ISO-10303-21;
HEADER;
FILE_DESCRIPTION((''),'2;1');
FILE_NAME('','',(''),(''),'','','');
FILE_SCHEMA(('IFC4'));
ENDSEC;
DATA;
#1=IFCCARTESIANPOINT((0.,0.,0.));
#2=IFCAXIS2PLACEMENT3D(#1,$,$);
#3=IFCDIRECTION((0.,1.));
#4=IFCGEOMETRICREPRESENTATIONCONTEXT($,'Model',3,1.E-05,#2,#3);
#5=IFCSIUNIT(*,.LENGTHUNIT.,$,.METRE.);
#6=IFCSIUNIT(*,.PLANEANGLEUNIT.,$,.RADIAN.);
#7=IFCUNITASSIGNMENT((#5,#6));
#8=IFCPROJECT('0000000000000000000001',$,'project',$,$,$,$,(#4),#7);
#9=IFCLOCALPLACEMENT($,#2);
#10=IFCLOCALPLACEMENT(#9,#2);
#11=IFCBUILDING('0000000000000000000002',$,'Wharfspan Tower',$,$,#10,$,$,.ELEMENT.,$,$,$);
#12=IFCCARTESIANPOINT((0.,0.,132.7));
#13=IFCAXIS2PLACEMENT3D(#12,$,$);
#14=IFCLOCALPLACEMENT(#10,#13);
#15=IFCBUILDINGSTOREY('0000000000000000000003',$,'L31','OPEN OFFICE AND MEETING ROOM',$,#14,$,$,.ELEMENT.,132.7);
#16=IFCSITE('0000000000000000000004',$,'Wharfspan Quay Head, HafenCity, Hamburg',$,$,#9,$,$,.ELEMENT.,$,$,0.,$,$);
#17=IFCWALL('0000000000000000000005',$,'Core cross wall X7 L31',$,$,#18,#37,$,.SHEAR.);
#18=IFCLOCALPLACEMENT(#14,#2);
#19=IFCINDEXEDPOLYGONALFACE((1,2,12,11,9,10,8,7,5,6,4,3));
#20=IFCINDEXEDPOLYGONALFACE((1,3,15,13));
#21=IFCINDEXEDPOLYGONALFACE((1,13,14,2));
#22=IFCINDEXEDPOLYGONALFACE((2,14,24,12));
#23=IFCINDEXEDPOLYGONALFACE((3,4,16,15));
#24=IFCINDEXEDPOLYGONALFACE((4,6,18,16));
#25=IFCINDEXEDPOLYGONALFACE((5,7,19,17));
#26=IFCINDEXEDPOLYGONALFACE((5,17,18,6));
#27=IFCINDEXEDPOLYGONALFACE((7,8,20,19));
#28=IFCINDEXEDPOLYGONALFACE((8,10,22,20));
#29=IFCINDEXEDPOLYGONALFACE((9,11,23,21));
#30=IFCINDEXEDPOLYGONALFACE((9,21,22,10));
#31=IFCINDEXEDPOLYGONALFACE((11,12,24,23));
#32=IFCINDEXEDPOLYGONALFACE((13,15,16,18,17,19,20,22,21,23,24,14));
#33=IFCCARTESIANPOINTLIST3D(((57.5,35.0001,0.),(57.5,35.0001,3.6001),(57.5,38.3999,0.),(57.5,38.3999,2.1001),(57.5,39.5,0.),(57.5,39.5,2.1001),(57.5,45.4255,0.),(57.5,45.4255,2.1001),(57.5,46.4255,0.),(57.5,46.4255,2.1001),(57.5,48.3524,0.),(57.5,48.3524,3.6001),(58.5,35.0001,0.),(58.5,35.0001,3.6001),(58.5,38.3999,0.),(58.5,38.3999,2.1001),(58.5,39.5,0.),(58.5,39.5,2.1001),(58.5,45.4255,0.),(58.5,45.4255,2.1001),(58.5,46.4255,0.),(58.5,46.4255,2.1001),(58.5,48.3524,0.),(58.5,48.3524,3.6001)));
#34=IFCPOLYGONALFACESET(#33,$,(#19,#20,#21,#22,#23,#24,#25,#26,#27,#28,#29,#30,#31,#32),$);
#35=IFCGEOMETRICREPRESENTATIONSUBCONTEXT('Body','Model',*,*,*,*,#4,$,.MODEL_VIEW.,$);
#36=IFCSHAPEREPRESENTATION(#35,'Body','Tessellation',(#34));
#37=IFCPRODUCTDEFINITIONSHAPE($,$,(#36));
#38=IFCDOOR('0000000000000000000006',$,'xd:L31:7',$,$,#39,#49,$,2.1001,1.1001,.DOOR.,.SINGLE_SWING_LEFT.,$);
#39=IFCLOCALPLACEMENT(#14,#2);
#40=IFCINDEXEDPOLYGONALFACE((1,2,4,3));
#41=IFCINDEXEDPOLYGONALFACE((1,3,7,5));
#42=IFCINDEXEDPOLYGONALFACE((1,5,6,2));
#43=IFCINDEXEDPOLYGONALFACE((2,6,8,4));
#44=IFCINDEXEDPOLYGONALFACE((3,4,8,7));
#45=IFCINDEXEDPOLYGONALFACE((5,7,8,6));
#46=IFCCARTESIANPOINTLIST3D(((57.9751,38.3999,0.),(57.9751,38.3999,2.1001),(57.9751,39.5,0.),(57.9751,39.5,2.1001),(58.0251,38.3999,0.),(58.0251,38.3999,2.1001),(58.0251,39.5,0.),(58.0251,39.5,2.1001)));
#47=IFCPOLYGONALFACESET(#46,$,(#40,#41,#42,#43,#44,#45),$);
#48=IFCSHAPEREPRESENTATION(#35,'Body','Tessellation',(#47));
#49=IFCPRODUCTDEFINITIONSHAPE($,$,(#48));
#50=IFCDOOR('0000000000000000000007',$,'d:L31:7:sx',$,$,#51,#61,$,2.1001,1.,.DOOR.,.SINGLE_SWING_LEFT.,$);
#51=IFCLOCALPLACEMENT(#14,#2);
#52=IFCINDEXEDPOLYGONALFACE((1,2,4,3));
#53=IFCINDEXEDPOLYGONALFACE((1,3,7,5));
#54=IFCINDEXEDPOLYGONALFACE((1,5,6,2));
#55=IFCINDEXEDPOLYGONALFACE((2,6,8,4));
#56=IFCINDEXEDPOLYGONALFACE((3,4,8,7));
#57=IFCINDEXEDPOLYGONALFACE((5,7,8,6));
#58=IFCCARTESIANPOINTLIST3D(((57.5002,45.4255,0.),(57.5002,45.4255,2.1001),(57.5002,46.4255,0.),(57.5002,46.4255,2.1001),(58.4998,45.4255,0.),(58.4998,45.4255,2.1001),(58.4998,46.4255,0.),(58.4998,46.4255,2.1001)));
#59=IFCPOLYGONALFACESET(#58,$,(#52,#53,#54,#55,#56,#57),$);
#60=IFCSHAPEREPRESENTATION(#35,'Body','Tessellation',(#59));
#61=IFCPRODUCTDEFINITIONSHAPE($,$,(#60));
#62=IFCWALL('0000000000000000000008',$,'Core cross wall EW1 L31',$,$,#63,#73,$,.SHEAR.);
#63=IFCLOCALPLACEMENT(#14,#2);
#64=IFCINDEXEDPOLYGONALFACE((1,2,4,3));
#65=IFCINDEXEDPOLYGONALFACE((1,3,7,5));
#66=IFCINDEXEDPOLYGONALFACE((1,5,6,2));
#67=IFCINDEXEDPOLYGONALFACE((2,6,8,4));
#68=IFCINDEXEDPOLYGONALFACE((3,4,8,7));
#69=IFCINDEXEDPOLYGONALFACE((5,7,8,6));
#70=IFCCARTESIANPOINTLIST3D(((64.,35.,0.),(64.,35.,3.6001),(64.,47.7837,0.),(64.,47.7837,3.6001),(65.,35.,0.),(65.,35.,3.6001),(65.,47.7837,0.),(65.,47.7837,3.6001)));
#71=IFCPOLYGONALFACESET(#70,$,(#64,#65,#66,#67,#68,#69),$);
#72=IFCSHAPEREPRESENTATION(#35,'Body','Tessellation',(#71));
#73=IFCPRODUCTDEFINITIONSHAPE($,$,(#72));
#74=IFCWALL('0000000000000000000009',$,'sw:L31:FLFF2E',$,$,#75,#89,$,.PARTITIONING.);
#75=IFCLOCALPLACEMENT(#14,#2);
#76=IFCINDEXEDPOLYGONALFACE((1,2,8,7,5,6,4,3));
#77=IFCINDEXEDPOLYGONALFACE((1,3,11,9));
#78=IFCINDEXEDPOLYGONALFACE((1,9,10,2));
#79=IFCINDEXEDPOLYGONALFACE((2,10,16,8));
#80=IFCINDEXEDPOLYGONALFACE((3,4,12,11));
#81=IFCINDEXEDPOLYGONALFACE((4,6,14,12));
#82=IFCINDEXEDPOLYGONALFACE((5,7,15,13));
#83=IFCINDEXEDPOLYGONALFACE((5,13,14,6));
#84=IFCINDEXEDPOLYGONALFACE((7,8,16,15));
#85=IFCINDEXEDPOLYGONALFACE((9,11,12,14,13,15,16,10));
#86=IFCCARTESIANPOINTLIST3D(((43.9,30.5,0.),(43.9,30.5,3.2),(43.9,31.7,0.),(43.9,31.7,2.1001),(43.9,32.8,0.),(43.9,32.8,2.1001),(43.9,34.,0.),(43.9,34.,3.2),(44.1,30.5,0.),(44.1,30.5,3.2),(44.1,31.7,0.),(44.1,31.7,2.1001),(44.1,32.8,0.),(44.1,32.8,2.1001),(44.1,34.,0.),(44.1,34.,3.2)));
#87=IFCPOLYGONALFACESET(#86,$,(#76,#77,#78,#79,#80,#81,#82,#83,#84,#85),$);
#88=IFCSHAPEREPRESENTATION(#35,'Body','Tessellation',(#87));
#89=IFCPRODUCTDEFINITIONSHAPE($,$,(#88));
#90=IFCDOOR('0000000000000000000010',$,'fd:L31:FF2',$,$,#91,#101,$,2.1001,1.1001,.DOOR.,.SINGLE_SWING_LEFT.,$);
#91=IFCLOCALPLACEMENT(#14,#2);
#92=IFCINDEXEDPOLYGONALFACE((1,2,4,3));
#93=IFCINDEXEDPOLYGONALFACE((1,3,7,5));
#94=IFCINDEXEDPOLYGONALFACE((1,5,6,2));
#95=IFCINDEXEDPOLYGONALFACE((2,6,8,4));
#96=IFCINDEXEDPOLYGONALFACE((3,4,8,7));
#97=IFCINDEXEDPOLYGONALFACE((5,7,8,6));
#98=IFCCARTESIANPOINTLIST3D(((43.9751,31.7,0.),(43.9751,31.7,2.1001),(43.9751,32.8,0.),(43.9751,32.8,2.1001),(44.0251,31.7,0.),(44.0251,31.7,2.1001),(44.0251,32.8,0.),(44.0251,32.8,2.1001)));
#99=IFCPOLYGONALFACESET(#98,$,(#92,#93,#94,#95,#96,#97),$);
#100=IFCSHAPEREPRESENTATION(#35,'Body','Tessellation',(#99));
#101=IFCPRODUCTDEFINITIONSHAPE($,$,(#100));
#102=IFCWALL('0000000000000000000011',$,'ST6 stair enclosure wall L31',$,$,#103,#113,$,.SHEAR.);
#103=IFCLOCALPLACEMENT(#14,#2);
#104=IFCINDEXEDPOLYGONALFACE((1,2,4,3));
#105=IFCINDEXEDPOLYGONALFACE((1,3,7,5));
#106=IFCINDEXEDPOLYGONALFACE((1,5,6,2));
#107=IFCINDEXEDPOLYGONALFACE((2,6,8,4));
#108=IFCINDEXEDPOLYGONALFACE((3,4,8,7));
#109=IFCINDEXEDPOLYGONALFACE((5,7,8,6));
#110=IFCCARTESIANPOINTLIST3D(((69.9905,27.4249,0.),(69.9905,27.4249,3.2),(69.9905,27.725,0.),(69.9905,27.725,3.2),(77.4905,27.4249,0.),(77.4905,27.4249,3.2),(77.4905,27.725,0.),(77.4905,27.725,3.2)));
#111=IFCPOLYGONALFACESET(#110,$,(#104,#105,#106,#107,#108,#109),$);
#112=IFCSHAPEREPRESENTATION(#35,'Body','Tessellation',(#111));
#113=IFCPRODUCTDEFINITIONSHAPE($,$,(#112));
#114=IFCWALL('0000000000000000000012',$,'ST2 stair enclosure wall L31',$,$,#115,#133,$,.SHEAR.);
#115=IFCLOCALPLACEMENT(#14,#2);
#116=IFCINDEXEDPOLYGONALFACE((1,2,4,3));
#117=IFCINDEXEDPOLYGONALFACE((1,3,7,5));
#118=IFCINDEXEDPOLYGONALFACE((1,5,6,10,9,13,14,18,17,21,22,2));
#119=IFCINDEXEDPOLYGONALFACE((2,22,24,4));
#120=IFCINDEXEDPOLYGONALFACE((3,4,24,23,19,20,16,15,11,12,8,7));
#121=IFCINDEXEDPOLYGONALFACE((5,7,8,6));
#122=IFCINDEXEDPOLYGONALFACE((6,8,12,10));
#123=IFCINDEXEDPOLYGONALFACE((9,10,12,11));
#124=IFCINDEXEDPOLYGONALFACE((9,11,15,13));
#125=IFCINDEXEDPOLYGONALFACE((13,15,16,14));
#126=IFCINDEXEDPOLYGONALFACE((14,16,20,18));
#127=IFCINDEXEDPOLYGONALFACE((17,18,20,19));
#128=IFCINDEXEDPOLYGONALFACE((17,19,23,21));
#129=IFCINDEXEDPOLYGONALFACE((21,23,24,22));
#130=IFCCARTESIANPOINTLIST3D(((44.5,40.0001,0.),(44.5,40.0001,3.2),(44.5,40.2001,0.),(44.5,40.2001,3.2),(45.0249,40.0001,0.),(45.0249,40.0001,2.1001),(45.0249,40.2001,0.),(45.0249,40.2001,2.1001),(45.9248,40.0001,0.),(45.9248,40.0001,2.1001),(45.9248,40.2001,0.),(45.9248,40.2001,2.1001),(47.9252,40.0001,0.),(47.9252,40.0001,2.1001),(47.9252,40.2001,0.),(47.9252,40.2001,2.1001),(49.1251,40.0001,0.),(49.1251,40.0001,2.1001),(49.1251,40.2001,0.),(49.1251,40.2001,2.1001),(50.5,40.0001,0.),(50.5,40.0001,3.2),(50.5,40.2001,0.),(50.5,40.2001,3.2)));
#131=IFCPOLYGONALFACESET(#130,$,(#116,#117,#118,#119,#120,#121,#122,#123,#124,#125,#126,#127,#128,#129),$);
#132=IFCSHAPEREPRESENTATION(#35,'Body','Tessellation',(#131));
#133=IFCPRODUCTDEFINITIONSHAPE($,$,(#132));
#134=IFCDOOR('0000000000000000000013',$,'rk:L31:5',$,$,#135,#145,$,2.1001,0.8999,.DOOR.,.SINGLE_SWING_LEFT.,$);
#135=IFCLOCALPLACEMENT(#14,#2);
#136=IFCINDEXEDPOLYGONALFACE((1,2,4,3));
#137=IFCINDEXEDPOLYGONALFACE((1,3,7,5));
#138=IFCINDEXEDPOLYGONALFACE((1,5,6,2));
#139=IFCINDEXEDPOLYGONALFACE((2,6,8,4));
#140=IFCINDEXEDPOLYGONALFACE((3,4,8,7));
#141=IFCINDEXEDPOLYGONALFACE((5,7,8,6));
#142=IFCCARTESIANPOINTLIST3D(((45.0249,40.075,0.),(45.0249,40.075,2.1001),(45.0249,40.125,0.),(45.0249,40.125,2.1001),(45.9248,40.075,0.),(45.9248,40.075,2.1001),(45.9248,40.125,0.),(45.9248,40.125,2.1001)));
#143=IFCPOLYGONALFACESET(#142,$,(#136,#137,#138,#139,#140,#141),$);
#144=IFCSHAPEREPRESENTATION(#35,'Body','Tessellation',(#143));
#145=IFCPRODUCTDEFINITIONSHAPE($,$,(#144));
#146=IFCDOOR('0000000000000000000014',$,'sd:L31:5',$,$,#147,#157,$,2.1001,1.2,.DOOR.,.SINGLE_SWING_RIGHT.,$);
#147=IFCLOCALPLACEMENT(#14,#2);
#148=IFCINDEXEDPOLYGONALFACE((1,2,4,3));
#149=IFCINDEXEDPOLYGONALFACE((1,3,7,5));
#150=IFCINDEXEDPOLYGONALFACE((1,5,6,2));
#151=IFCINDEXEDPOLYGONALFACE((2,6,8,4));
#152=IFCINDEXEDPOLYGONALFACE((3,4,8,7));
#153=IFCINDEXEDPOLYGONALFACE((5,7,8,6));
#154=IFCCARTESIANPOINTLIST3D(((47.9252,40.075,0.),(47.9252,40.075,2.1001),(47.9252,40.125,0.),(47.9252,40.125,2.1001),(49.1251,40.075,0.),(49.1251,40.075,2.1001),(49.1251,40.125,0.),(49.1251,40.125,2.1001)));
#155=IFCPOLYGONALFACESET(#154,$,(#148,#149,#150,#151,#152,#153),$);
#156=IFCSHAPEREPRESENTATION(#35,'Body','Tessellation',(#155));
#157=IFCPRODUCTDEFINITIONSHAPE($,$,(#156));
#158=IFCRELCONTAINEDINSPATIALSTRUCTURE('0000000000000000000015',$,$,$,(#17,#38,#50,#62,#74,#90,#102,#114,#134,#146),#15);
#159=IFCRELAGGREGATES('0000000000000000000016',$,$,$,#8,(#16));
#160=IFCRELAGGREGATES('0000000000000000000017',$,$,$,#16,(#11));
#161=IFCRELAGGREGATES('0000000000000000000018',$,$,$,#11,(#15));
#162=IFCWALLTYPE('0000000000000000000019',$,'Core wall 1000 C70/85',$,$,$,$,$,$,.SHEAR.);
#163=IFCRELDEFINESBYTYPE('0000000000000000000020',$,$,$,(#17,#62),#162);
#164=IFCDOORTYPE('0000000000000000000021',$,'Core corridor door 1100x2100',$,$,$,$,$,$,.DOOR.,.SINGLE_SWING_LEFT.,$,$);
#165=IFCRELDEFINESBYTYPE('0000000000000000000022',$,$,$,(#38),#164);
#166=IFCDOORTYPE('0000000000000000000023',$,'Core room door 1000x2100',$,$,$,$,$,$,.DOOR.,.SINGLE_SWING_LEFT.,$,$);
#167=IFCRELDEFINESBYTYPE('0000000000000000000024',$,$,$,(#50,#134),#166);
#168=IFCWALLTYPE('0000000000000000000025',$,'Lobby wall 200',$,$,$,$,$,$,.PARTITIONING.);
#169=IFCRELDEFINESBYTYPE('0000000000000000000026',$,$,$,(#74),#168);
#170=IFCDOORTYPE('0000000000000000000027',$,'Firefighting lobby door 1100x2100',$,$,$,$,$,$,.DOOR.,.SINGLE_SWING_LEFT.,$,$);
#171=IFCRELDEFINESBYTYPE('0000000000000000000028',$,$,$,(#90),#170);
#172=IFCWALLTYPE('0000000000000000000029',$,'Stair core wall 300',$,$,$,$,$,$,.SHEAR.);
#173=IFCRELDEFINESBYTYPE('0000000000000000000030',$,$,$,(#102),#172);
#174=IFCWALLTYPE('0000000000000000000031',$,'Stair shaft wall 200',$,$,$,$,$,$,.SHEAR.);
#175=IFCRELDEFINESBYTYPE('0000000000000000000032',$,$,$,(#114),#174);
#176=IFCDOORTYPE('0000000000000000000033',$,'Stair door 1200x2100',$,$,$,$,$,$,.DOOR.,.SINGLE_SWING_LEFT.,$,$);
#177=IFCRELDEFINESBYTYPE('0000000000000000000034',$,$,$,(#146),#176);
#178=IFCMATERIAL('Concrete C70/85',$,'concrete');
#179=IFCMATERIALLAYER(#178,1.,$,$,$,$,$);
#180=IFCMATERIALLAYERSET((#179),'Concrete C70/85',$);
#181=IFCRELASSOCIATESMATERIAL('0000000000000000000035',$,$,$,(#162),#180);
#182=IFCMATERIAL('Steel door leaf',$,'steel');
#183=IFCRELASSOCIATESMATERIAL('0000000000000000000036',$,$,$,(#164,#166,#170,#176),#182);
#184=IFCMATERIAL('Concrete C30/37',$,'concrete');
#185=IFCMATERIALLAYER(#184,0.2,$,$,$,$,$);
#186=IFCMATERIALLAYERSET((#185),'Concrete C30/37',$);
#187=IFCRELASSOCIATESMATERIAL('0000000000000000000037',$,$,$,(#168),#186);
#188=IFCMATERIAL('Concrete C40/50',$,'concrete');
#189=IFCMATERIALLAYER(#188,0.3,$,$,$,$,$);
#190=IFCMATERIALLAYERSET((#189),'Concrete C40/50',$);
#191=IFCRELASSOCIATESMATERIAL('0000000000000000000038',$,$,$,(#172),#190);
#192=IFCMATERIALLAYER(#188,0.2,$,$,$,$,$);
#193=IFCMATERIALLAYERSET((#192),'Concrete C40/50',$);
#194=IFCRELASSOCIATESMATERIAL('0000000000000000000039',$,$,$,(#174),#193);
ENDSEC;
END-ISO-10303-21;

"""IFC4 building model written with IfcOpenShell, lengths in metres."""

from ifc_helpers import new_model, si_unit, direction, frame, frame_2d, origin, place, context, subcontext, project, spatial, rectangle, extrude, material, layer, layer_set, type_object, element, fill, save


model = new_model("IFC4")

# Units and contexts
model_context = context("Model", 3, precision=1e-05, world=origin(), true_north=direction((0.0, 1.0)))
body_context = subcontext(model_context, "Body", "Model", "MODEL_VIEW")
ifc_project = project(units=[si_unit("LENGTHUNIT", "METRE"), si_unit("PLANEANGLEUNIT", "RADIAN")], contexts=[model_context])

# Site, building, storey
site_placement = place(None, origin())
site = spatial("IfcSite", under=ifc_project, at=site_placement, Name="Wharfspan Quay Head, HafenCity, Hamburg", CompositionType="ELEMENT", RefElevation=0.0)
building_placement = place(site_placement, origin())
building = spatial("IfcBuilding", under=site, at=building_placement, Name="Wharfspan Tower", CompositionType="ELEMENT")
storey_placement = place(building_placement, frame((0.0, 0.0, 132.7)))
storey = spatial("IfcBuildingStorey", under=building, at=storey_placement, Name="L31", Description="OPEN OFFICE AND MEETING ROOM", CompositionType="ELEMENT", Elevation=132.7)

# Shared definitions
ifc_material_1 = material(Name="Concrete C70/85", Category="concrete")
ifc_layer_1 = layer(ifc_material_1, 1.0)
ifc_layer_set_1 = layer_set([ifc_layer_1], Name="Concrete C70/85")
wall_type_1 = type_object("IfcWallType", Name="Core wall 1000 C70/85", PredefinedType="SHEAR", material=ifc_layer_set_1)
ifc_material_2 = material(Name="Steel door leaf", Category="steel")
door_type_1 = type_object("IfcDoorType", Name="Core corridor door 1100x2100", OperationType="SINGLE_SWING_LEFT", PredefinedType="DOOR", material=ifc_material_2)
door_type_2 = type_object("IfcDoorType", Name="Core room door 1000x2100", OperationType="SINGLE_SWING_LEFT", PredefinedType="DOOR", material=ifc_material_2)

# Wall, openings, doors
wall_1_placement = place(storey_placement, frame((58.0, 35.0, 0.0), z_axis=(0.0, 0.0, 1.0), x_axis=(0.0, 1.0, 0.0)))
wall_1 = element("IfcWall", 1, at=wall_1_placement, inside=storey, type_object=wall_type_1, Name="Core cross wall X7 L31", PredefinedType="SHEAR", context=body_context, shape_type="SweptSolid", body=[
    extrude(rectangle(XDim=13.3523, YDim=1.0, at=frame_2d((6.6763, 0.0))), origin(), (0.0, 0.0, 1.0), 3.6001),
])
opening_1_placement = place(wall_1_placement, frame((10.4255, 0.0, 0.0)))
opening_1 = element("IfcOpeningElement", 2, at=opening_1_placement, cuts=wall_1, PredefinedType="OPENING", context=body_context, shape_type="SweptSolid", body=[
    extrude(rectangle(XDim=1.0, YDim=2.1001, at=frame_2d((0.5, 1.05))), frame((0.0, 0.51, 0.0), z_axis=(0.0, -1.0, 0.0), x_axis=(1.0, 0.0, 0.0)), (0.0, 0.0, 1.0), 1.02),
])
opening_2_placement = place(wall_1_placement, frame((3.3999, 0.0, 0.0)))
opening_2 = element("IfcOpeningElement", 3, at=opening_2_placement, cuts=wall_1, PredefinedType="OPENING", context=body_context, shape_type="SweptSolid", body=[
    extrude(rectangle(XDim=1.1001, YDim=2.1001, at=frame_2d((0.55, 1.05))), frame((0.0, 0.51, 0.0), z_axis=(0.0, -1.0, 0.0), x_axis=(1.0, 0.0, 0.0)), (0.0, 0.0, 1.0), 1.02),
])
door_1_placement = place(opening_2_placement, origin())
door_1 = element("IfcDoor", 4, at=door_1_placement, inside=storey, type_object=door_type_1, Name="xd:L31:7", OperationType="SINGLE_SWING_LEFT", OverallHeight=2.1001, OverallWidth=1.1001, PredefinedType="DOOR", context=body_context, shape_type="SweptSolid", body=[
    extrude(rectangle(XDim=1.1001, YDim=2.1001, at=frame_2d((0.55, 1.05))), frame((0.0, 0.0249, 0.0), z_axis=(0.0, -1.0, 0.0), x_axis=(1.0, 0.0, 0.0)), (0.0, 0.0, 1.0), 0.05),
])
fill(opening_2, door_1)
door_2_placement = place(opening_1_placement, origin())
door_2 = element("IfcDoor", 5, at=door_2_placement, inside=storey, type_object=door_type_2, Name="d:L31:7:sx", OperationType="SINGLE_SWING_LEFT", OverallHeight=2.1001, OverallWidth=1.0, PredefinedType="DOOR", context=body_context, shape_type="SweptSolid", body=[
    extrude(rectangle(XDim=1.0, YDim=2.1001, at=frame_2d((0.5, 1.05))), frame((0.0, 0.4998, 0.0), z_axis=(0.0, -1.0, 0.0), x_axis=(1.0, 0.0, 0.0)), (0.0, 0.0, 1.0), 0.9995),
])
fill(opening_1, door_2)

# Wall
wall_2_placement = place(storey_placement, frame((64.5, 35.0, 0.0), z_axis=(0.0, 0.0, 1.0), x_axis=(0.0, 1.0, 0.0)))
element("IfcWall", 6, at=wall_2_placement, inside=storey, type_object=wall_type_1, Name="Core cross wall EW1 L31", PredefinedType="SHEAR", context=body_context, shape_type="SweptSolid", body=[
    extrude(rectangle(XDim=12.7837, YDim=1.0, at=frame_2d((6.3918, 0.0))), origin(), (0.0, 0.0, 1.0), 3.6001),
])

# Wall, opening, door
ifc_material_3 = material(Name="Concrete C30/37", Category="concrete")
ifc_layer_2 = layer(ifc_material_3, 0.2)
ifc_layer_set_2 = layer_set([ifc_layer_2], Name="Concrete C30/37")
wall_type_2 = type_object("IfcWallType", Name="Lobby wall 200", PredefinedType="PARTITIONING", material=ifc_layer_set_2)
wall_3_placement = place(storey_placement, frame((44.0, 30.5, 0.0), z_axis=(0.0, 0.0, 1.0), x_axis=(0.0, 1.0, 0.0)))
wall_3 = element("IfcWall", 7, at=wall_3_placement, inside=storey, type_object=wall_type_2, Name="sw:L31:FLFF2E", PredefinedType="PARTITIONING", context=body_context, shape_type="SweptSolid", body=[
    extrude(rectangle(XDim=3.5, YDim=0.2, at=frame_2d((1.75, 0.0))), origin(), (0.0, 0.0, 1.0), 3.2),
])
opening_3_placement = place(wall_3_placement, frame((1.2, 0.0, 0.0)))
opening_3 = element("IfcOpeningElement", 8, at=opening_3_placement, cuts=wall_3, PredefinedType="OPENING", context=body_context, shape_type="SweptSolid", body=[
    extrude(rectangle(XDim=1.1001, YDim=2.1001, at=frame_2d((0.55, 1.05))), frame((0.0, 0.1099, 0.0), z_axis=(0.0, -1.0, 0.0), x_axis=(1.0, 0.0, 0.0)), (0.0, 0.0, 1.0), 0.22),
])
door_type_3 = type_object("IfcDoorType", Name="Firefighting lobby door 1100x2100", OperationType="SINGLE_SWING_LEFT", PredefinedType="DOOR", material=ifc_material_2)
door_3_placement = place(opening_3_placement, origin())
door_3 = element("IfcDoor", 9, at=door_3_placement, inside=storey, type_object=door_type_3, Name="fd:L31:FF2", OperationType="SINGLE_SWING_LEFT", OverallHeight=2.1001, OverallWidth=1.1001, PredefinedType="DOOR", context=body_context, shape_type="SweptSolid", body=[
    extrude(rectangle(XDim=1.1001, YDim=2.1001, at=frame_2d((0.55, 1.05))), frame((0.0, 0.0249, 0.0), z_axis=(0.0, -1.0, 0.0), x_axis=(1.0, 0.0, 0.0)), (0.0, 0.0, 1.0), 0.05),
])
fill(opening_3, door_3)

# Wall
ifc_material_4 = material(Name="Concrete C40/50", Category="concrete")
ifc_layer_3 = layer(ifc_material_4, 0.3)
ifc_layer_set_3 = layer_set([ifc_layer_3], Name="Concrete C40/50")
wall_type_3 = type_object("IfcWallType", Name="Stair core wall 300", PredefinedType="SHEAR", material=ifc_layer_set_3)
wall_4_placement = place(storey_placement, frame((69.9905, 27.575, 0.0), z_axis=(0.0, 0.0, 1.0), x_axis=(1.0, 0.0, 0.0)))
element("IfcWall", 10, at=wall_4_placement, inside=storey, type_object=wall_type_3, Name="ST6 stair enclosure wall L31", PredefinedType="SHEAR", context=body_context, shape_type="SweptSolid", body=[
    extrude(rectangle(XDim=7.5, YDim=0.3, at=frame_2d((3.75, 0.0))), origin(), (0.0, 0.0, 1.0), 3.2),
])

# Wall, openings, doors
ifc_layer_4 = layer(ifc_material_4, 0.2)
ifc_layer_set_4 = layer_set([ifc_layer_4], Name="Concrete C40/50")
wall_type_4 = type_object("IfcWallType", Name="Stair shaft wall 200", PredefinedType="SHEAR", material=ifc_layer_set_4)
wall_5_placement = place(storey_placement, frame((44.5, 40.1001, 0.0), z_axis=(0.0, 0.0, 1.0), x_axis=(1.0, 0.0, 0.0)))
wall_5 = element("IfcWall", 11, at=wall_5_placement, inside=storey, type_object=wall_type_4, Name="ST2 stair enclosure wall L31", PredefinedType="SHEAR", context=body_context, shape_type="SweptSolid", body=[
    extrude(rectangle(XDim=6.0, YDim=0.2, at=frame_2d((3.0, 0.0))), origin(), (0.0, 0.0, 1.0), 3.2),
])
opening_4_placement = place(wall_5_placement, frame((3.425, 0.0, 0.0)))
opening_4 = element("IfcOpeningElement", 12, at=opening_4_placement, cuts=wall_5, PredefinedType="OPENING", context=body_context, shape_type="SweptSolid", body=[
    extrude(rectangle(XDim=1.2, YDim=2.1001, at=frame_2d((0.6001, 1.05))), frame((0.0, 0.1099, 0.0), z_axis=(0.0, -1.0, 0.0), x_axis=(1.0, 0.0, 0.0)), (0.0, 0.0, 1.0), 0.22),
])
opening_5_placement = place(wall_5_placement, frame((0.5249, 0.0, 0.0)))
opening_5 = element("IfcOpeningElement", 13, at=opening_5_placement, cuts=wall_5, PredefinedType="OPENING", context=body_context, shape_type="SweptSolid", body=[
    extrude(rectangle(XDim=0.8999, YDim=2.1001, at=frame_2d((0.45, 1.05))), frame((0.0, 0.1099, 0.0), z_axis=(0.0, -1.0, 0.0), x_axis=(1.0, 0.0, 0.0)), (0.0, 0.0, 1.0), 0.22),
])
door_4_placement = place(opening_5_placement, origin())
door_4 = element("IfcDoor", 14, at=door_4_placement, inside=storey, type_object=door_type_2, Name="rk:L31:5", OperationType="SINGLE_SWING_LEFT", OverallHeight=2.1001, OverallWidth=0.8999, PredefinedType="DOOR", context=body_context, shape_type="SweptSolid", body=[
    extrude(rectangle(XDim=0.8999, YDim=2.1001, at=frame_2d((0.45, 1.05))), frame((0.0, 0.0249, 0.0), z_axis=(0.0, -1.0, 0.0), x_axis=(1.0, 0.0, 0.0)), (0.0, 0.0, 1.0), 0.05),
])
fill(opening_5, door_4)
door_type_4 = type_object("IfcDoorType", Name="Stair door 1200x2100", OperationType="SINGLE_SWING_LEFT", PredefinedType="DOOR", material=ifc_material_2)
door_5_placement = place(opening_4_placement, origin())
door_5 = element("IfcDoor", 15, at=door_5_placement, inside=storey, type_object=door_type_4, Name="sd:L31:5", OperationType="SINGLE_SWING_RIGHT", OverallHeight=2.1001, OverallWidth=1.2, PredefinedType="DOOR", context=body_context, shape_type="SweptSolid", body=[
    extrude(rectangle(XDim=1.2, YDim=2.1001, at=frame_2d((0.6001, 1.05))), frame((0.0, 0.0249, 0.0), z_axis=(0.0, -1.0, 0.0), x_axis=(1.0, 0.0, 0.0)), (0.0, 0.0, 1.0), 0.05),
])
fill(opening_4, door_5)

save(model, "model.ifc")
